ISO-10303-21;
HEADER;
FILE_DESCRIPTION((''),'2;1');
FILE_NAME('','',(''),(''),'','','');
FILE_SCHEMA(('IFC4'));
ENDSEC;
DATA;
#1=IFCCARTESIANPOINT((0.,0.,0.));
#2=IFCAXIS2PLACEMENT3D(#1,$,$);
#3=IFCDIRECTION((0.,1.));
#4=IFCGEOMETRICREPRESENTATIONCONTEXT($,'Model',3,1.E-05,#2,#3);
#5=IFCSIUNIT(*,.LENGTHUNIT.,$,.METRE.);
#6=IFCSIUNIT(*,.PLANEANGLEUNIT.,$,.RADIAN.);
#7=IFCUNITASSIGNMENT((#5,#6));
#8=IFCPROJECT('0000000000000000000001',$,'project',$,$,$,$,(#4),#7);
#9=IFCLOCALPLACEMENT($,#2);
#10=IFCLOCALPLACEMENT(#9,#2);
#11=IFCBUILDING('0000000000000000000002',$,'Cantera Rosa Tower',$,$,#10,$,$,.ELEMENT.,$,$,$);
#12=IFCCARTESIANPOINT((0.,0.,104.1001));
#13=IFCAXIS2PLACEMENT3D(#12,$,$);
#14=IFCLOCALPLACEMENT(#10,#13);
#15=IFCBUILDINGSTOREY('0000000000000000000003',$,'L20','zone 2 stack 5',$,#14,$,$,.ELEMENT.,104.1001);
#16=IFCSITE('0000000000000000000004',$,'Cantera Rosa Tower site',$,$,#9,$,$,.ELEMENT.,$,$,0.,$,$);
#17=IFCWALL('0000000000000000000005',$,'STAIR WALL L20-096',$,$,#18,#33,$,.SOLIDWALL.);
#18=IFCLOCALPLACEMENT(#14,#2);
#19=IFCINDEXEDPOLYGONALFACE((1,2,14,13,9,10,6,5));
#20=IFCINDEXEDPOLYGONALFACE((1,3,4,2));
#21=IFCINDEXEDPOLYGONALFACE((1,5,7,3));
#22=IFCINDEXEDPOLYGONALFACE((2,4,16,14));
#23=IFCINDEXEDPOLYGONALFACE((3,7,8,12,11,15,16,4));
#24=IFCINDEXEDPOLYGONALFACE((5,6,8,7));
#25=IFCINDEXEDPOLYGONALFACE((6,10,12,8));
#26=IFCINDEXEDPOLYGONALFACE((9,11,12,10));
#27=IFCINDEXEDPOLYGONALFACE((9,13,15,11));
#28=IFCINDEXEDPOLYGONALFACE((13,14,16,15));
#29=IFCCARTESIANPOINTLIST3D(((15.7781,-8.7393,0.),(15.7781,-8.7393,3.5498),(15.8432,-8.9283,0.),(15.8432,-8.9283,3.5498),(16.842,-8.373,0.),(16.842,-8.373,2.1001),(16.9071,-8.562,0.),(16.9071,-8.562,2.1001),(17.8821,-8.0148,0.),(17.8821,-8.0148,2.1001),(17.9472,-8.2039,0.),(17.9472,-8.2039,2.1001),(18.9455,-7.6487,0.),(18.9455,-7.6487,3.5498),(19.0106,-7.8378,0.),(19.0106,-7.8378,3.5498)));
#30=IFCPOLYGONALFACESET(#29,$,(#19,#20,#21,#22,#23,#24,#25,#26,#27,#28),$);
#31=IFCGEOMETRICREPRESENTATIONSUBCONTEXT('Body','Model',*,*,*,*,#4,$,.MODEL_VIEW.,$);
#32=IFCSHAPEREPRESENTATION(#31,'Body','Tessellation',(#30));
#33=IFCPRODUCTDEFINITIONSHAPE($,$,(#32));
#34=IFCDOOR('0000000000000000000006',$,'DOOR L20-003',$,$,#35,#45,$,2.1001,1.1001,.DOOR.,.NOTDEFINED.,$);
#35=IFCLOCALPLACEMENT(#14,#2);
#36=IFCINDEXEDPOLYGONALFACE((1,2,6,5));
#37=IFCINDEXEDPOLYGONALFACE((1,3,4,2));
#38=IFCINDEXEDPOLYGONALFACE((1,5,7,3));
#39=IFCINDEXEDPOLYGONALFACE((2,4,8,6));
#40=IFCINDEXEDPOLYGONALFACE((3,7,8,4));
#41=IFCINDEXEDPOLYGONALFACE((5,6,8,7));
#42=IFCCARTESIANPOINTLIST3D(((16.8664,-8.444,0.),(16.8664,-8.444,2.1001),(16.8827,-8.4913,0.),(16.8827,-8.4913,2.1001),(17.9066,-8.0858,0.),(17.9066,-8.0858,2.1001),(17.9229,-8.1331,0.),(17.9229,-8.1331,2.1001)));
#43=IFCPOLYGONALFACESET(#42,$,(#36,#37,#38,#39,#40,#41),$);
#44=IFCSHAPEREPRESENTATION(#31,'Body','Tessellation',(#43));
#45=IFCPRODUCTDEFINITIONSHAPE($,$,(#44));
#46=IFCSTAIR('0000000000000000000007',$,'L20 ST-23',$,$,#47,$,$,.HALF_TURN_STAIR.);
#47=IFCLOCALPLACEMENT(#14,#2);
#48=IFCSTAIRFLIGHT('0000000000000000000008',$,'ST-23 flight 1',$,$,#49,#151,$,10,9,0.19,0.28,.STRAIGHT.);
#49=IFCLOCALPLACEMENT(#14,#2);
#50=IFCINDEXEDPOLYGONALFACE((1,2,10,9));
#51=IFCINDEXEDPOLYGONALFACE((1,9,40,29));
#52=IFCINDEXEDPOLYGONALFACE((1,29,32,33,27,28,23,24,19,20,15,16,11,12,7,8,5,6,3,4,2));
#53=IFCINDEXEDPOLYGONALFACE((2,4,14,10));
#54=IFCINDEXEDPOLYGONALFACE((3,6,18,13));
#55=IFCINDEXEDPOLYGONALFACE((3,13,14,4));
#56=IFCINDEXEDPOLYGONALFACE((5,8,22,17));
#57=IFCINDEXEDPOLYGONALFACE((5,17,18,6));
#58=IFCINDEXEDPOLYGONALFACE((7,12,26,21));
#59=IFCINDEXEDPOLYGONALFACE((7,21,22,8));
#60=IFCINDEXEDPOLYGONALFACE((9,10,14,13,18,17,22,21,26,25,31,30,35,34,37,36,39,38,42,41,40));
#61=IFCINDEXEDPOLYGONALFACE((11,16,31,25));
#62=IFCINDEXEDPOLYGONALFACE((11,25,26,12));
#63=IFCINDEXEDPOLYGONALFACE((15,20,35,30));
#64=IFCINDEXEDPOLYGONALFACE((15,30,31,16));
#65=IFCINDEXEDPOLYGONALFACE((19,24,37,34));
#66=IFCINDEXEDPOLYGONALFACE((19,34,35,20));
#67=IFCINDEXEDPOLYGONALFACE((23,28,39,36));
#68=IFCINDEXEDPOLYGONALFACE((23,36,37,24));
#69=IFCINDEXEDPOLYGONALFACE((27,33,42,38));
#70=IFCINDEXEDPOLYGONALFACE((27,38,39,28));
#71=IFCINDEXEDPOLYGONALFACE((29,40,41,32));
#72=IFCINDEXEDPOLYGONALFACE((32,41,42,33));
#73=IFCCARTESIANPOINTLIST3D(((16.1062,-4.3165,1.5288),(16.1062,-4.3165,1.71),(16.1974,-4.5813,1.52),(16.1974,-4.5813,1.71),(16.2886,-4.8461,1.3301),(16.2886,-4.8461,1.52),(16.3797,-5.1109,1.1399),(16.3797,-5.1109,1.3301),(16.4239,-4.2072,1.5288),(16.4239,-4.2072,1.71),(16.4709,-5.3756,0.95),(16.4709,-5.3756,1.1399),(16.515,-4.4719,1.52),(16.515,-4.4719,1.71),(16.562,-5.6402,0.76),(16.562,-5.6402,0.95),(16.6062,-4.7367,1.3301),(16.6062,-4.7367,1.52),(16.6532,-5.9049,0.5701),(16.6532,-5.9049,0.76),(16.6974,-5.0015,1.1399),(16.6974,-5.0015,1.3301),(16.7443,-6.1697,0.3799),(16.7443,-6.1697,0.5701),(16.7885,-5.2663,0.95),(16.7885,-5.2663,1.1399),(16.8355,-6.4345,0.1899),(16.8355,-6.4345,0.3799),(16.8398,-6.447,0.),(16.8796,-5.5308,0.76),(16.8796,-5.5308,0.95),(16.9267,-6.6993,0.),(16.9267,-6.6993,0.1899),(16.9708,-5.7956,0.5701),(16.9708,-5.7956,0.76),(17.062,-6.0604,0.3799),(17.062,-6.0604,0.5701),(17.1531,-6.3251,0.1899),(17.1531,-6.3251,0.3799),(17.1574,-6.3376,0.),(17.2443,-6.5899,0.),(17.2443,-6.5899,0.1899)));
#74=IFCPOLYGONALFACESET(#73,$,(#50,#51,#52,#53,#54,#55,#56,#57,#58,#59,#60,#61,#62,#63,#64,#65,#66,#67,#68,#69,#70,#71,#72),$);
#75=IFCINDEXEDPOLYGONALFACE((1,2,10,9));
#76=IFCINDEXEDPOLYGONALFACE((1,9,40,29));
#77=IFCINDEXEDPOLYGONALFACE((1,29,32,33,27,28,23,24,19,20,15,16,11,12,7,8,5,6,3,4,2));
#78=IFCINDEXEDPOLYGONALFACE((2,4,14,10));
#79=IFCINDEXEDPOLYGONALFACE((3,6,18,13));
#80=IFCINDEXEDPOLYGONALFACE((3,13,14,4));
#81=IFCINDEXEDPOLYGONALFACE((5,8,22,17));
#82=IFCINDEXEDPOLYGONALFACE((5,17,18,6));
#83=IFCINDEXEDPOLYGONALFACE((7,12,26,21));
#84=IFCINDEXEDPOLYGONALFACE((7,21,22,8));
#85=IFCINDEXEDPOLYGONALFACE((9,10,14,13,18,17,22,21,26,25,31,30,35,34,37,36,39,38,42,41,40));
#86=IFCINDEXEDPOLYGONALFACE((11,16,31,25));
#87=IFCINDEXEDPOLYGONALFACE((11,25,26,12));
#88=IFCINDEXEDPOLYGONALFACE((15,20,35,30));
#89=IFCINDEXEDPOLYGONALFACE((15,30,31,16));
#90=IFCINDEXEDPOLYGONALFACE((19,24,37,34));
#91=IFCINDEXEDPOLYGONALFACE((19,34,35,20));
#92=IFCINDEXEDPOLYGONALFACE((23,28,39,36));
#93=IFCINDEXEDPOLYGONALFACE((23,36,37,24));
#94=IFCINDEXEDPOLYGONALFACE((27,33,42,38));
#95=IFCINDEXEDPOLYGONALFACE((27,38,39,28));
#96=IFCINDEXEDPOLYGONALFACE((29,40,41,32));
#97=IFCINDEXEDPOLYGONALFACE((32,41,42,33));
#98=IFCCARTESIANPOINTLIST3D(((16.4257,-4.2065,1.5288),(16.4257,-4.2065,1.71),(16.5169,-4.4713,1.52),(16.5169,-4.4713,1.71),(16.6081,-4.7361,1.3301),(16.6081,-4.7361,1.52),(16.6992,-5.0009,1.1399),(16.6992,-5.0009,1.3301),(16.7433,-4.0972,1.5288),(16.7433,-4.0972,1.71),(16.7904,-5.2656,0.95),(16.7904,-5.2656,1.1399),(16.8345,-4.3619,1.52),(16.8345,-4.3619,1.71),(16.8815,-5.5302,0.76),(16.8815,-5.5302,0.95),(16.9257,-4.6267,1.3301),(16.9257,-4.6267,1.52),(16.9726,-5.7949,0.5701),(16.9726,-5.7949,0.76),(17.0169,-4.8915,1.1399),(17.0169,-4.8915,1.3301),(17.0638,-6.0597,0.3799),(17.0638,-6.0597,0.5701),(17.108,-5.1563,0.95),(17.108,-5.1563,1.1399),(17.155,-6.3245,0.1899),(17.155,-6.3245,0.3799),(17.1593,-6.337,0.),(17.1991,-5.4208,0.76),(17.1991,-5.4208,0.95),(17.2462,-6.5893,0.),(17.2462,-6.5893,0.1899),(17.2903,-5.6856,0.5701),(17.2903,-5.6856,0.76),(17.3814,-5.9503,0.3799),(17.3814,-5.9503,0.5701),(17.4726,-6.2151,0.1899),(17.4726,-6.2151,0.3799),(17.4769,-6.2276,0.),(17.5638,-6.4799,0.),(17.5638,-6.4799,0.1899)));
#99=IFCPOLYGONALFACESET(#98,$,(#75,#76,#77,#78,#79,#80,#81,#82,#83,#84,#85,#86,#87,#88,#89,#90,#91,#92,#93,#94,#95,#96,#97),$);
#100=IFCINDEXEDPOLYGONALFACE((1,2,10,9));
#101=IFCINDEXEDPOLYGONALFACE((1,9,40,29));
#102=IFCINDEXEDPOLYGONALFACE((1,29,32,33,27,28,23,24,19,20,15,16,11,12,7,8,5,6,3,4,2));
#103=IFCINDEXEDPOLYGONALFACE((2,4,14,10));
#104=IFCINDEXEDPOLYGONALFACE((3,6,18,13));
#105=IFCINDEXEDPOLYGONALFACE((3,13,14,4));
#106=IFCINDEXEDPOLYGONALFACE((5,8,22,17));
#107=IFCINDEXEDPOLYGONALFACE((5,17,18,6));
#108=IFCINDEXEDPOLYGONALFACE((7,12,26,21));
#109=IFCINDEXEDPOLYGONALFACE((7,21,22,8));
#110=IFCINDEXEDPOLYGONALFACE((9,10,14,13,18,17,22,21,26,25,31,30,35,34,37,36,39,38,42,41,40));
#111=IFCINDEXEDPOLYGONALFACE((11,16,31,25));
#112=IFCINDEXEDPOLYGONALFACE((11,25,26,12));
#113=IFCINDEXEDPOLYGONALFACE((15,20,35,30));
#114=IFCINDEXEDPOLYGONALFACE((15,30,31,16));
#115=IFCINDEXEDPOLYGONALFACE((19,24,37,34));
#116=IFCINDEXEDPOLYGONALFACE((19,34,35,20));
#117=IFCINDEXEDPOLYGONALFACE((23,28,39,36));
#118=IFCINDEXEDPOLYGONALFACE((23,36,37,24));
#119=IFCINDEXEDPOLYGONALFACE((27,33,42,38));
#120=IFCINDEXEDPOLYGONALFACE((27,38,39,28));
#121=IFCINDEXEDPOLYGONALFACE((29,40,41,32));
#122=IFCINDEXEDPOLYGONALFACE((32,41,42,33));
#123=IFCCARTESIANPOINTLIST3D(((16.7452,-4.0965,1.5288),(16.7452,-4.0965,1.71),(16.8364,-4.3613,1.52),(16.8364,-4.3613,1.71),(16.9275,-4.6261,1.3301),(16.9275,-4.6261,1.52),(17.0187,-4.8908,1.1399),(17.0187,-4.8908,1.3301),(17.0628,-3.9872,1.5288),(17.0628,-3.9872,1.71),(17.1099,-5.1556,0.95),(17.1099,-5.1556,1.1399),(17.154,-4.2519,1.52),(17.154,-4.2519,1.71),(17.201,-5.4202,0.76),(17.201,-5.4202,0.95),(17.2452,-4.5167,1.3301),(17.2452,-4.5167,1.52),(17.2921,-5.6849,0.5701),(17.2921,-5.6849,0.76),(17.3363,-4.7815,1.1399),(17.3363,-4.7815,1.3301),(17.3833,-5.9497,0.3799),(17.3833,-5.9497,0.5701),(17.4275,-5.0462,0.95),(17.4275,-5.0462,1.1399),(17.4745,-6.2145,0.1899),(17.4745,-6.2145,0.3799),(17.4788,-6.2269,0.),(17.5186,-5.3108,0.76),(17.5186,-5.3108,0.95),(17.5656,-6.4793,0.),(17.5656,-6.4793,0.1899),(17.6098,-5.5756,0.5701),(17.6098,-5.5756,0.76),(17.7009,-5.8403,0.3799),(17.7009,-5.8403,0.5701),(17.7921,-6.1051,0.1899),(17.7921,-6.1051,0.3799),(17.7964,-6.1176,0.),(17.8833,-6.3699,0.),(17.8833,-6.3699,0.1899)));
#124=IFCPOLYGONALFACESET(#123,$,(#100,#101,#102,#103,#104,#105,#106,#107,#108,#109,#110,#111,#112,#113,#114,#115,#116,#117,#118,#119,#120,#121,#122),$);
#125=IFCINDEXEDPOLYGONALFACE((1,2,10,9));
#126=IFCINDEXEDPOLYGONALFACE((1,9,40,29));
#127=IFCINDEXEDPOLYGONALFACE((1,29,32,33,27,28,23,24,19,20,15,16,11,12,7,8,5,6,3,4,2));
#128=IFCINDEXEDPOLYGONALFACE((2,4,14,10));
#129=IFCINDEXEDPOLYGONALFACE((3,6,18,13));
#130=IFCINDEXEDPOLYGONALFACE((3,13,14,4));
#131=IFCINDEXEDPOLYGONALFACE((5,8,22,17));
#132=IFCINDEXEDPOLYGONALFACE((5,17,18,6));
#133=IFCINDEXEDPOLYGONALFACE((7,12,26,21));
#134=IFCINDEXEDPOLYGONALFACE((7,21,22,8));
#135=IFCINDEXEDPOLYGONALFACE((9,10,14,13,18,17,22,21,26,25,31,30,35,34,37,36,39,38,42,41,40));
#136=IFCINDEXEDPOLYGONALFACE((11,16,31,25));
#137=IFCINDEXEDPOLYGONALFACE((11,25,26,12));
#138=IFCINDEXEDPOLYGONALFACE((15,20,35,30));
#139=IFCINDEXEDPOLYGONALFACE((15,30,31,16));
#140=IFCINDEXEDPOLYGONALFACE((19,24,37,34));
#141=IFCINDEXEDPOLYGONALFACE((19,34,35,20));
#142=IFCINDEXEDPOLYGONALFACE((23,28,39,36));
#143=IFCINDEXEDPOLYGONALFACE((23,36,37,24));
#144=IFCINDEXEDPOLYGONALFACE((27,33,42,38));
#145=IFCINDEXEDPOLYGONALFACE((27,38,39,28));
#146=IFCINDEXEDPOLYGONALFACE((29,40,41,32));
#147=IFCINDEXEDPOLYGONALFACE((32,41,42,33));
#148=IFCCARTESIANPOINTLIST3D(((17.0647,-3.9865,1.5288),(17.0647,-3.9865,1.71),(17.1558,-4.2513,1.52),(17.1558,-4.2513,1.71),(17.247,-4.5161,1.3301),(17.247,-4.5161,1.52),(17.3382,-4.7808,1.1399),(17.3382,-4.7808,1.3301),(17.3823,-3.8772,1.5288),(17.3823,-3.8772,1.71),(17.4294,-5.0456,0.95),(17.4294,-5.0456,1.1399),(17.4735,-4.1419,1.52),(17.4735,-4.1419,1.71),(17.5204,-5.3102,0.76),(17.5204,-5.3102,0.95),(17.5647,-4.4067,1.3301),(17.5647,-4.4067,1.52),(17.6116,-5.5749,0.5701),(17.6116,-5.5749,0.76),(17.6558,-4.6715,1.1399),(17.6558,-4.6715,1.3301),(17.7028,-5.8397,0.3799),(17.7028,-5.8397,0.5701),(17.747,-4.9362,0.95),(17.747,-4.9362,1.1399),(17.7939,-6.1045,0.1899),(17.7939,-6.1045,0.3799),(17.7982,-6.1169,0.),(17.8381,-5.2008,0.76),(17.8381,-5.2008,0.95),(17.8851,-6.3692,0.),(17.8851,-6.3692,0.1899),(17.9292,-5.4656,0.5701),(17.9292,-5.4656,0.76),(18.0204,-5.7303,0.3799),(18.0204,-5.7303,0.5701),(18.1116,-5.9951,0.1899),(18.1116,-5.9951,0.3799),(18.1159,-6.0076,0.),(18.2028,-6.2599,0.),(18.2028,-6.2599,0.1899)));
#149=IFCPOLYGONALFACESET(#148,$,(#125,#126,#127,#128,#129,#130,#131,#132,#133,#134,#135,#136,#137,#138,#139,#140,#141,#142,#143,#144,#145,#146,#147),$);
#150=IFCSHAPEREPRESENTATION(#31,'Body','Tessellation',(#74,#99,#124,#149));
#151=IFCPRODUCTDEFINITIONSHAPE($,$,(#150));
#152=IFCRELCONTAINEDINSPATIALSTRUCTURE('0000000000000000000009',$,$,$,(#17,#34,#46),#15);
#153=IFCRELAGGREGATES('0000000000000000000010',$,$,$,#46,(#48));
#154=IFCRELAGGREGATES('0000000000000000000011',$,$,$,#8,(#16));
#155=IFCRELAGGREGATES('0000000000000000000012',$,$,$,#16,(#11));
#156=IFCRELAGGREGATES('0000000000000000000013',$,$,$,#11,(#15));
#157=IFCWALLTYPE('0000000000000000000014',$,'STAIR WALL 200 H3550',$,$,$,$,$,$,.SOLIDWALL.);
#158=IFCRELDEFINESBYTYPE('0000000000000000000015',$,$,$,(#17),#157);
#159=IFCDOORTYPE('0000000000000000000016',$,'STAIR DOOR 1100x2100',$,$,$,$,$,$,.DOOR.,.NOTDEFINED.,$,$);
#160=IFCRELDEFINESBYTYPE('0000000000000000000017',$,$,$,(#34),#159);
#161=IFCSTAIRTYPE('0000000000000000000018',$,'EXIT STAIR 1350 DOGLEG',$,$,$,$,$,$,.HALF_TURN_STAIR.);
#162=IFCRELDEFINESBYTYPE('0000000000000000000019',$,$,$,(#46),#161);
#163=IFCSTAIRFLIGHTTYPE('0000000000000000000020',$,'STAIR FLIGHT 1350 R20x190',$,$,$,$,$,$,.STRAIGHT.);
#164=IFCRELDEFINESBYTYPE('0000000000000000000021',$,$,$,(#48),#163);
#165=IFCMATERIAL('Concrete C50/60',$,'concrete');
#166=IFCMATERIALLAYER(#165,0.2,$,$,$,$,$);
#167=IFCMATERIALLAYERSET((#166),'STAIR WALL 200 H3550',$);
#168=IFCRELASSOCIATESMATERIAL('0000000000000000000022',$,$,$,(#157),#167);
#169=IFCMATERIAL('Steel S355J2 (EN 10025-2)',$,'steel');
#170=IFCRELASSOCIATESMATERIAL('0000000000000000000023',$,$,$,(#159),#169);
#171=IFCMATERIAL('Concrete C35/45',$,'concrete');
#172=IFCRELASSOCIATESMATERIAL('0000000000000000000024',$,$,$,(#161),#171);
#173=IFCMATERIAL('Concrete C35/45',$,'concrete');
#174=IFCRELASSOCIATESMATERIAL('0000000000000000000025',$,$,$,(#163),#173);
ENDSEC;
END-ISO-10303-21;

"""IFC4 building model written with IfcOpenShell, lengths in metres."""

from ifc_helpers import new_model, si_unit, direction, frame, frame_2d, origin, place, context, subcontext, project, spatial, polyline, rectangle, outline, extrude, material, layer, layer_set, type_object, element, fill, aggregate, save


model = new_model("IFC4")

# Units and contexts
model_context = context("Model", 3, precision=1e-05, world=origin(), true_north=direction((0.0, 1.0)))
body_context = subcontext(model_context, "Body", "Model", "MODEL_VIEW")
ifc_project = project(units=[si_unit("LENGTHUNIT", "METRE"), si_unit("PLANEANGLEUNIT", "RADIAN")], contexts=[model_context])

# Site, building, storey
site_placement = place(None, origin())
site = spatial("IfcSite", under=ifc_project, at=site_placement, Name="Cantera Rosa Tower site", CompositionType="ELEMENT", RefElevation=0.0)
building_placement = place(site_placement, origin())
building = spatial("IfcBuilding", under=site, at=building_placement, Name="Cantera Rosa Tower", CompositionType="ELEMENT")
storey_placement = place(building_placement, frame((0.0, 0.0, 104.1001)))
storey = spatial("IfcBuildingStorey", under=building, at=storey_placement, Name="L20", Description="zone 2 stack 5", CompositionType="ELEMENT", Elevation=104.1001)

# Wall, opening, door
ifc_material_1 = material(Name="Concrete C50/60", Category="concrete")
ifc_layer_1 = layer(ifc_material_1, 0.2)
ifc_layer_set_1 = layer_set([ifc_layer_1], Name="STAIR WALL 200 H3550")
wall_type_1 = type_object("IfcWallType", Name="STAIR WALL 200 H3550", PredefinedType="SOLIDWALL", material=ifc_layer_set_1)
wall_1_placement = place(storey_placement, frame((15.8108, -8.8337, 0.0), z_axis=(0.0, 0.0, 1.0), x_axis=(0.945525, 0.325548, 0.0)))
wall_1 = element("IfcWall", 1, at=wall_1_placement, inside=storey, type_object=wall_type_1, Name="STAIR WALL L20-096", PredefinedType="SOLIDWALL", context=body_context, shape_type="SweptSolid", body=[
    extrude(rectangle(XDim=3.3499, YDim=0.2, at=frame_2d((1.6748, 0.0))), origin(), (0.0, 0.0, 1.0), 3.5498),
])
opening_1_placement = place(wall_1_placement, frame((1.125, 0.0, 0.0)))
opening_1 = element("IfcOpeningElement", 2, at=opening_1_placement, cuts=wall_1, PredefinedType="OPENING", context=body_context, shape_type="SweptSolid", body=[
    extrude(rectangle(XDim=1.1001, YDim=2.1001, at=frame_2d((0.55, 1.05))), frame((0.0, 0.1099, 0.0), z_axis=(0.0, -1.0, 0.0), x_axis=(1.0, 0.0, 0.0)), (0.0, 0.0, 1.0), 0.22),
])
ifc_material_2 = material(Name="Steel S355J2 (EN 10025-2)", Category="steel")
door_type_1 = type_object("IfcDoorType", Name="STAIR DOOR 1100x2100", OperationType="NOTDEFINED", PredefinedType="DOOR", material=ifc_material_2)
door_1_placement = place(opening_1_placement, origin())
door_1 = element("IfcDoor", 3, at=door_1_placement, inside=storey, type_object=door_type_1, Name="DOOR L20-003", OperationType="NOTDEFINED", OverallHeight=2.1001, OverallWidth=1.1001, PredefinedType="DOOR", context=body_context, shape_type="SweptSolid", body=[
    extrude(rectangle(XDim=1.1001, YDim=2.1001, at=frame_2d((0.55, 1.05))), frame((0.0, 0.0249, 0.0), z_axis=(0.0, -1.0, 0.0), x_axis=(1.0, 0.0, 0.0)), (0.0, 0.0, 1.0), 0.05),
])
fill(opening_1, door_1)

# Stair, stair flight
ifc_material_3 = material(Name="Concrete C35/45", Category="concrete")
stair_type = type_object("IfcStairType", Name="EXIT STAIR 1350 DOGLEG", PredefinedType="HALF_TURN_STAIR", material=ifc_material_3)
stair_placement = place(storey_placement, origin())
stair = element("IfcStair", 4, at=stair_placement, inside=storey, type_object=stair_type, Name="L20 ST-23", PredefinedType="HALF_TURN_STAIR")
ifc_material_4 = material(Name="Concrete C35/45", Category="concrete")
stair_flight_type = type_object("IfcStairFlightType", Name="STAIR FLIGHT 1350 R20x190", PredefinedType="STRAIGHT", material=ifc_material_4)
stair_flight_1_placement = place(storey_placement, frame((17.5649, -6.4795, 0.0), z_axis=(0.0, 0.0, 1.0), x_axis=(-0.325568, 0.945519, 0.0)))
stair_flight_1 = element("IfcStairFlight", 5, at=stair_flight_1_placement, type_object=stair_flight_type, Name="ST-23 flight 1", NumberOfRisers=10, NumberOfTreads=9, PredefinedType="STRAIGHT", RiserHeight=0.19, TreadLength=0.28, context=body_context, shape_type="SweptSolid", body=[
    extrude(outline(polyline([(0.0, 0.0), (0.0, 0.1899), (0.28, 0.1899), (0.28, 0.3799), (0.5601, 0.3799), (0.5601, 0.5701), (0.8401, 0.5701), (0.8401, 0.76), (1.1201, 0.76), (1.1201, 0.95), (1.3999, 0.95), (1.3999, 1.1399), (1.6799, 1.1399), (1.6799, 1.3301), (1.96, 1.3301), (1.96, 1.52), (2.24, 1.52), (2.24, 1.71), (2.52, 1.71), (2.52, 1.8999), (2.52, 1.5288), (0.2668, 0.0), (0.0, 0.0)])), frame((0.0, 0.675, 0.0), z_axis=(0.0, -1.0, 0.0), x_axis=(1.0, 0.0, 0.0)), (0.0, 0.0, 1.0), 0.3359),
    extrude(outline(polyline([(0.0, 0.0), (0.0, 0.1899), (0.28, 0.1899), (0.28, 0.3799), (0.5601, 0.3799), (0.5601, 0.5701), (0.8401, 0.5701), (0.8401, 0.76), (1.1201, 0.76), (1.1201, 0.95), (1.3999, 0.95), (1.3999, 1.1399), (1.6799, 1.1399), (1.6799, 1.3301), (1.96, 1.3301), (1.96, 1.52), (2.24, 1.52), (2.24, 1.71), (2.52, 1.71), (2.52, 1.8999), (2.52, 1.5288), (0.2668, 0.0), (0.0, 0.0)])), frame((0.0, 0.3372, 0.0), z_axis=(0.0, -1.0, 0.0), x_axis=(1.0, 0.0, 0.0)), (0.0, 0.0, 1.0), 0.3359),
    extrude(outline(polyline([(0.0, 0.0), (0.0, 0.1899), (0.28, 0.1899), (0.28, 0.3799), (0.5601, 0.3799), (0.5601, 0.5701), (0.8401, 0.5701), (0.8401, 0.76), (1.1201, 0.76), (1.1201, 0.95), (1.3999, 0.95), (1.3999, 1.1399), (1.6799, 1.1399), (1.6799, 1.3301), (1.96, 1.3301), (1.96, 1.52), (2.24, 1.52), (2.24, 1.71), (2.52, 1.71), (2.52, 1.8999), (2.52, 1.5288), (0.2668, 0.0), (0.0, 0.0)])), frame((0.0, -0.0007, 0.0), z_axis=(0.0, -1.0, 0.0), x_axis=(1.0, 0.0, 0.0)), (0.0, 0.0, 1.0), 0.3359),
    extrude(outline(polyline([(0.0, 0.0), (0.0, 0.1899), (0.28, 0.1899), (0.28, 0.3799), (0.5601, 0.3799), (0.5601, 0.5701), (0.8401, 0.5701), (0.8401, 0.76), (1.1201, 0.76), (1.1201, 0.95), (1.3999, 0.95), (1.3999, 1.1399), (1.6799, 1.1399), (1.6799, 1.3301), (1.96, 1.3301), (1.96, 1.52), (2.24, 1.52), (2.24, 1.71), (2.52, 1.71), (2.52, 1.8999), (2.52, 1.5288), (0.2668, 0.0), (0.0, 0.0)])), frame((0.0, -0.3386, 0.0), z_axis=(0.0, -1.0, 0.0), x_axis=(1.0, 0.0, 0.0)), (0.0, 0.0, 1.0), 0.3359),
])
aggregate(stair, [stair_flight_1])

save(model, "model.ifc")
